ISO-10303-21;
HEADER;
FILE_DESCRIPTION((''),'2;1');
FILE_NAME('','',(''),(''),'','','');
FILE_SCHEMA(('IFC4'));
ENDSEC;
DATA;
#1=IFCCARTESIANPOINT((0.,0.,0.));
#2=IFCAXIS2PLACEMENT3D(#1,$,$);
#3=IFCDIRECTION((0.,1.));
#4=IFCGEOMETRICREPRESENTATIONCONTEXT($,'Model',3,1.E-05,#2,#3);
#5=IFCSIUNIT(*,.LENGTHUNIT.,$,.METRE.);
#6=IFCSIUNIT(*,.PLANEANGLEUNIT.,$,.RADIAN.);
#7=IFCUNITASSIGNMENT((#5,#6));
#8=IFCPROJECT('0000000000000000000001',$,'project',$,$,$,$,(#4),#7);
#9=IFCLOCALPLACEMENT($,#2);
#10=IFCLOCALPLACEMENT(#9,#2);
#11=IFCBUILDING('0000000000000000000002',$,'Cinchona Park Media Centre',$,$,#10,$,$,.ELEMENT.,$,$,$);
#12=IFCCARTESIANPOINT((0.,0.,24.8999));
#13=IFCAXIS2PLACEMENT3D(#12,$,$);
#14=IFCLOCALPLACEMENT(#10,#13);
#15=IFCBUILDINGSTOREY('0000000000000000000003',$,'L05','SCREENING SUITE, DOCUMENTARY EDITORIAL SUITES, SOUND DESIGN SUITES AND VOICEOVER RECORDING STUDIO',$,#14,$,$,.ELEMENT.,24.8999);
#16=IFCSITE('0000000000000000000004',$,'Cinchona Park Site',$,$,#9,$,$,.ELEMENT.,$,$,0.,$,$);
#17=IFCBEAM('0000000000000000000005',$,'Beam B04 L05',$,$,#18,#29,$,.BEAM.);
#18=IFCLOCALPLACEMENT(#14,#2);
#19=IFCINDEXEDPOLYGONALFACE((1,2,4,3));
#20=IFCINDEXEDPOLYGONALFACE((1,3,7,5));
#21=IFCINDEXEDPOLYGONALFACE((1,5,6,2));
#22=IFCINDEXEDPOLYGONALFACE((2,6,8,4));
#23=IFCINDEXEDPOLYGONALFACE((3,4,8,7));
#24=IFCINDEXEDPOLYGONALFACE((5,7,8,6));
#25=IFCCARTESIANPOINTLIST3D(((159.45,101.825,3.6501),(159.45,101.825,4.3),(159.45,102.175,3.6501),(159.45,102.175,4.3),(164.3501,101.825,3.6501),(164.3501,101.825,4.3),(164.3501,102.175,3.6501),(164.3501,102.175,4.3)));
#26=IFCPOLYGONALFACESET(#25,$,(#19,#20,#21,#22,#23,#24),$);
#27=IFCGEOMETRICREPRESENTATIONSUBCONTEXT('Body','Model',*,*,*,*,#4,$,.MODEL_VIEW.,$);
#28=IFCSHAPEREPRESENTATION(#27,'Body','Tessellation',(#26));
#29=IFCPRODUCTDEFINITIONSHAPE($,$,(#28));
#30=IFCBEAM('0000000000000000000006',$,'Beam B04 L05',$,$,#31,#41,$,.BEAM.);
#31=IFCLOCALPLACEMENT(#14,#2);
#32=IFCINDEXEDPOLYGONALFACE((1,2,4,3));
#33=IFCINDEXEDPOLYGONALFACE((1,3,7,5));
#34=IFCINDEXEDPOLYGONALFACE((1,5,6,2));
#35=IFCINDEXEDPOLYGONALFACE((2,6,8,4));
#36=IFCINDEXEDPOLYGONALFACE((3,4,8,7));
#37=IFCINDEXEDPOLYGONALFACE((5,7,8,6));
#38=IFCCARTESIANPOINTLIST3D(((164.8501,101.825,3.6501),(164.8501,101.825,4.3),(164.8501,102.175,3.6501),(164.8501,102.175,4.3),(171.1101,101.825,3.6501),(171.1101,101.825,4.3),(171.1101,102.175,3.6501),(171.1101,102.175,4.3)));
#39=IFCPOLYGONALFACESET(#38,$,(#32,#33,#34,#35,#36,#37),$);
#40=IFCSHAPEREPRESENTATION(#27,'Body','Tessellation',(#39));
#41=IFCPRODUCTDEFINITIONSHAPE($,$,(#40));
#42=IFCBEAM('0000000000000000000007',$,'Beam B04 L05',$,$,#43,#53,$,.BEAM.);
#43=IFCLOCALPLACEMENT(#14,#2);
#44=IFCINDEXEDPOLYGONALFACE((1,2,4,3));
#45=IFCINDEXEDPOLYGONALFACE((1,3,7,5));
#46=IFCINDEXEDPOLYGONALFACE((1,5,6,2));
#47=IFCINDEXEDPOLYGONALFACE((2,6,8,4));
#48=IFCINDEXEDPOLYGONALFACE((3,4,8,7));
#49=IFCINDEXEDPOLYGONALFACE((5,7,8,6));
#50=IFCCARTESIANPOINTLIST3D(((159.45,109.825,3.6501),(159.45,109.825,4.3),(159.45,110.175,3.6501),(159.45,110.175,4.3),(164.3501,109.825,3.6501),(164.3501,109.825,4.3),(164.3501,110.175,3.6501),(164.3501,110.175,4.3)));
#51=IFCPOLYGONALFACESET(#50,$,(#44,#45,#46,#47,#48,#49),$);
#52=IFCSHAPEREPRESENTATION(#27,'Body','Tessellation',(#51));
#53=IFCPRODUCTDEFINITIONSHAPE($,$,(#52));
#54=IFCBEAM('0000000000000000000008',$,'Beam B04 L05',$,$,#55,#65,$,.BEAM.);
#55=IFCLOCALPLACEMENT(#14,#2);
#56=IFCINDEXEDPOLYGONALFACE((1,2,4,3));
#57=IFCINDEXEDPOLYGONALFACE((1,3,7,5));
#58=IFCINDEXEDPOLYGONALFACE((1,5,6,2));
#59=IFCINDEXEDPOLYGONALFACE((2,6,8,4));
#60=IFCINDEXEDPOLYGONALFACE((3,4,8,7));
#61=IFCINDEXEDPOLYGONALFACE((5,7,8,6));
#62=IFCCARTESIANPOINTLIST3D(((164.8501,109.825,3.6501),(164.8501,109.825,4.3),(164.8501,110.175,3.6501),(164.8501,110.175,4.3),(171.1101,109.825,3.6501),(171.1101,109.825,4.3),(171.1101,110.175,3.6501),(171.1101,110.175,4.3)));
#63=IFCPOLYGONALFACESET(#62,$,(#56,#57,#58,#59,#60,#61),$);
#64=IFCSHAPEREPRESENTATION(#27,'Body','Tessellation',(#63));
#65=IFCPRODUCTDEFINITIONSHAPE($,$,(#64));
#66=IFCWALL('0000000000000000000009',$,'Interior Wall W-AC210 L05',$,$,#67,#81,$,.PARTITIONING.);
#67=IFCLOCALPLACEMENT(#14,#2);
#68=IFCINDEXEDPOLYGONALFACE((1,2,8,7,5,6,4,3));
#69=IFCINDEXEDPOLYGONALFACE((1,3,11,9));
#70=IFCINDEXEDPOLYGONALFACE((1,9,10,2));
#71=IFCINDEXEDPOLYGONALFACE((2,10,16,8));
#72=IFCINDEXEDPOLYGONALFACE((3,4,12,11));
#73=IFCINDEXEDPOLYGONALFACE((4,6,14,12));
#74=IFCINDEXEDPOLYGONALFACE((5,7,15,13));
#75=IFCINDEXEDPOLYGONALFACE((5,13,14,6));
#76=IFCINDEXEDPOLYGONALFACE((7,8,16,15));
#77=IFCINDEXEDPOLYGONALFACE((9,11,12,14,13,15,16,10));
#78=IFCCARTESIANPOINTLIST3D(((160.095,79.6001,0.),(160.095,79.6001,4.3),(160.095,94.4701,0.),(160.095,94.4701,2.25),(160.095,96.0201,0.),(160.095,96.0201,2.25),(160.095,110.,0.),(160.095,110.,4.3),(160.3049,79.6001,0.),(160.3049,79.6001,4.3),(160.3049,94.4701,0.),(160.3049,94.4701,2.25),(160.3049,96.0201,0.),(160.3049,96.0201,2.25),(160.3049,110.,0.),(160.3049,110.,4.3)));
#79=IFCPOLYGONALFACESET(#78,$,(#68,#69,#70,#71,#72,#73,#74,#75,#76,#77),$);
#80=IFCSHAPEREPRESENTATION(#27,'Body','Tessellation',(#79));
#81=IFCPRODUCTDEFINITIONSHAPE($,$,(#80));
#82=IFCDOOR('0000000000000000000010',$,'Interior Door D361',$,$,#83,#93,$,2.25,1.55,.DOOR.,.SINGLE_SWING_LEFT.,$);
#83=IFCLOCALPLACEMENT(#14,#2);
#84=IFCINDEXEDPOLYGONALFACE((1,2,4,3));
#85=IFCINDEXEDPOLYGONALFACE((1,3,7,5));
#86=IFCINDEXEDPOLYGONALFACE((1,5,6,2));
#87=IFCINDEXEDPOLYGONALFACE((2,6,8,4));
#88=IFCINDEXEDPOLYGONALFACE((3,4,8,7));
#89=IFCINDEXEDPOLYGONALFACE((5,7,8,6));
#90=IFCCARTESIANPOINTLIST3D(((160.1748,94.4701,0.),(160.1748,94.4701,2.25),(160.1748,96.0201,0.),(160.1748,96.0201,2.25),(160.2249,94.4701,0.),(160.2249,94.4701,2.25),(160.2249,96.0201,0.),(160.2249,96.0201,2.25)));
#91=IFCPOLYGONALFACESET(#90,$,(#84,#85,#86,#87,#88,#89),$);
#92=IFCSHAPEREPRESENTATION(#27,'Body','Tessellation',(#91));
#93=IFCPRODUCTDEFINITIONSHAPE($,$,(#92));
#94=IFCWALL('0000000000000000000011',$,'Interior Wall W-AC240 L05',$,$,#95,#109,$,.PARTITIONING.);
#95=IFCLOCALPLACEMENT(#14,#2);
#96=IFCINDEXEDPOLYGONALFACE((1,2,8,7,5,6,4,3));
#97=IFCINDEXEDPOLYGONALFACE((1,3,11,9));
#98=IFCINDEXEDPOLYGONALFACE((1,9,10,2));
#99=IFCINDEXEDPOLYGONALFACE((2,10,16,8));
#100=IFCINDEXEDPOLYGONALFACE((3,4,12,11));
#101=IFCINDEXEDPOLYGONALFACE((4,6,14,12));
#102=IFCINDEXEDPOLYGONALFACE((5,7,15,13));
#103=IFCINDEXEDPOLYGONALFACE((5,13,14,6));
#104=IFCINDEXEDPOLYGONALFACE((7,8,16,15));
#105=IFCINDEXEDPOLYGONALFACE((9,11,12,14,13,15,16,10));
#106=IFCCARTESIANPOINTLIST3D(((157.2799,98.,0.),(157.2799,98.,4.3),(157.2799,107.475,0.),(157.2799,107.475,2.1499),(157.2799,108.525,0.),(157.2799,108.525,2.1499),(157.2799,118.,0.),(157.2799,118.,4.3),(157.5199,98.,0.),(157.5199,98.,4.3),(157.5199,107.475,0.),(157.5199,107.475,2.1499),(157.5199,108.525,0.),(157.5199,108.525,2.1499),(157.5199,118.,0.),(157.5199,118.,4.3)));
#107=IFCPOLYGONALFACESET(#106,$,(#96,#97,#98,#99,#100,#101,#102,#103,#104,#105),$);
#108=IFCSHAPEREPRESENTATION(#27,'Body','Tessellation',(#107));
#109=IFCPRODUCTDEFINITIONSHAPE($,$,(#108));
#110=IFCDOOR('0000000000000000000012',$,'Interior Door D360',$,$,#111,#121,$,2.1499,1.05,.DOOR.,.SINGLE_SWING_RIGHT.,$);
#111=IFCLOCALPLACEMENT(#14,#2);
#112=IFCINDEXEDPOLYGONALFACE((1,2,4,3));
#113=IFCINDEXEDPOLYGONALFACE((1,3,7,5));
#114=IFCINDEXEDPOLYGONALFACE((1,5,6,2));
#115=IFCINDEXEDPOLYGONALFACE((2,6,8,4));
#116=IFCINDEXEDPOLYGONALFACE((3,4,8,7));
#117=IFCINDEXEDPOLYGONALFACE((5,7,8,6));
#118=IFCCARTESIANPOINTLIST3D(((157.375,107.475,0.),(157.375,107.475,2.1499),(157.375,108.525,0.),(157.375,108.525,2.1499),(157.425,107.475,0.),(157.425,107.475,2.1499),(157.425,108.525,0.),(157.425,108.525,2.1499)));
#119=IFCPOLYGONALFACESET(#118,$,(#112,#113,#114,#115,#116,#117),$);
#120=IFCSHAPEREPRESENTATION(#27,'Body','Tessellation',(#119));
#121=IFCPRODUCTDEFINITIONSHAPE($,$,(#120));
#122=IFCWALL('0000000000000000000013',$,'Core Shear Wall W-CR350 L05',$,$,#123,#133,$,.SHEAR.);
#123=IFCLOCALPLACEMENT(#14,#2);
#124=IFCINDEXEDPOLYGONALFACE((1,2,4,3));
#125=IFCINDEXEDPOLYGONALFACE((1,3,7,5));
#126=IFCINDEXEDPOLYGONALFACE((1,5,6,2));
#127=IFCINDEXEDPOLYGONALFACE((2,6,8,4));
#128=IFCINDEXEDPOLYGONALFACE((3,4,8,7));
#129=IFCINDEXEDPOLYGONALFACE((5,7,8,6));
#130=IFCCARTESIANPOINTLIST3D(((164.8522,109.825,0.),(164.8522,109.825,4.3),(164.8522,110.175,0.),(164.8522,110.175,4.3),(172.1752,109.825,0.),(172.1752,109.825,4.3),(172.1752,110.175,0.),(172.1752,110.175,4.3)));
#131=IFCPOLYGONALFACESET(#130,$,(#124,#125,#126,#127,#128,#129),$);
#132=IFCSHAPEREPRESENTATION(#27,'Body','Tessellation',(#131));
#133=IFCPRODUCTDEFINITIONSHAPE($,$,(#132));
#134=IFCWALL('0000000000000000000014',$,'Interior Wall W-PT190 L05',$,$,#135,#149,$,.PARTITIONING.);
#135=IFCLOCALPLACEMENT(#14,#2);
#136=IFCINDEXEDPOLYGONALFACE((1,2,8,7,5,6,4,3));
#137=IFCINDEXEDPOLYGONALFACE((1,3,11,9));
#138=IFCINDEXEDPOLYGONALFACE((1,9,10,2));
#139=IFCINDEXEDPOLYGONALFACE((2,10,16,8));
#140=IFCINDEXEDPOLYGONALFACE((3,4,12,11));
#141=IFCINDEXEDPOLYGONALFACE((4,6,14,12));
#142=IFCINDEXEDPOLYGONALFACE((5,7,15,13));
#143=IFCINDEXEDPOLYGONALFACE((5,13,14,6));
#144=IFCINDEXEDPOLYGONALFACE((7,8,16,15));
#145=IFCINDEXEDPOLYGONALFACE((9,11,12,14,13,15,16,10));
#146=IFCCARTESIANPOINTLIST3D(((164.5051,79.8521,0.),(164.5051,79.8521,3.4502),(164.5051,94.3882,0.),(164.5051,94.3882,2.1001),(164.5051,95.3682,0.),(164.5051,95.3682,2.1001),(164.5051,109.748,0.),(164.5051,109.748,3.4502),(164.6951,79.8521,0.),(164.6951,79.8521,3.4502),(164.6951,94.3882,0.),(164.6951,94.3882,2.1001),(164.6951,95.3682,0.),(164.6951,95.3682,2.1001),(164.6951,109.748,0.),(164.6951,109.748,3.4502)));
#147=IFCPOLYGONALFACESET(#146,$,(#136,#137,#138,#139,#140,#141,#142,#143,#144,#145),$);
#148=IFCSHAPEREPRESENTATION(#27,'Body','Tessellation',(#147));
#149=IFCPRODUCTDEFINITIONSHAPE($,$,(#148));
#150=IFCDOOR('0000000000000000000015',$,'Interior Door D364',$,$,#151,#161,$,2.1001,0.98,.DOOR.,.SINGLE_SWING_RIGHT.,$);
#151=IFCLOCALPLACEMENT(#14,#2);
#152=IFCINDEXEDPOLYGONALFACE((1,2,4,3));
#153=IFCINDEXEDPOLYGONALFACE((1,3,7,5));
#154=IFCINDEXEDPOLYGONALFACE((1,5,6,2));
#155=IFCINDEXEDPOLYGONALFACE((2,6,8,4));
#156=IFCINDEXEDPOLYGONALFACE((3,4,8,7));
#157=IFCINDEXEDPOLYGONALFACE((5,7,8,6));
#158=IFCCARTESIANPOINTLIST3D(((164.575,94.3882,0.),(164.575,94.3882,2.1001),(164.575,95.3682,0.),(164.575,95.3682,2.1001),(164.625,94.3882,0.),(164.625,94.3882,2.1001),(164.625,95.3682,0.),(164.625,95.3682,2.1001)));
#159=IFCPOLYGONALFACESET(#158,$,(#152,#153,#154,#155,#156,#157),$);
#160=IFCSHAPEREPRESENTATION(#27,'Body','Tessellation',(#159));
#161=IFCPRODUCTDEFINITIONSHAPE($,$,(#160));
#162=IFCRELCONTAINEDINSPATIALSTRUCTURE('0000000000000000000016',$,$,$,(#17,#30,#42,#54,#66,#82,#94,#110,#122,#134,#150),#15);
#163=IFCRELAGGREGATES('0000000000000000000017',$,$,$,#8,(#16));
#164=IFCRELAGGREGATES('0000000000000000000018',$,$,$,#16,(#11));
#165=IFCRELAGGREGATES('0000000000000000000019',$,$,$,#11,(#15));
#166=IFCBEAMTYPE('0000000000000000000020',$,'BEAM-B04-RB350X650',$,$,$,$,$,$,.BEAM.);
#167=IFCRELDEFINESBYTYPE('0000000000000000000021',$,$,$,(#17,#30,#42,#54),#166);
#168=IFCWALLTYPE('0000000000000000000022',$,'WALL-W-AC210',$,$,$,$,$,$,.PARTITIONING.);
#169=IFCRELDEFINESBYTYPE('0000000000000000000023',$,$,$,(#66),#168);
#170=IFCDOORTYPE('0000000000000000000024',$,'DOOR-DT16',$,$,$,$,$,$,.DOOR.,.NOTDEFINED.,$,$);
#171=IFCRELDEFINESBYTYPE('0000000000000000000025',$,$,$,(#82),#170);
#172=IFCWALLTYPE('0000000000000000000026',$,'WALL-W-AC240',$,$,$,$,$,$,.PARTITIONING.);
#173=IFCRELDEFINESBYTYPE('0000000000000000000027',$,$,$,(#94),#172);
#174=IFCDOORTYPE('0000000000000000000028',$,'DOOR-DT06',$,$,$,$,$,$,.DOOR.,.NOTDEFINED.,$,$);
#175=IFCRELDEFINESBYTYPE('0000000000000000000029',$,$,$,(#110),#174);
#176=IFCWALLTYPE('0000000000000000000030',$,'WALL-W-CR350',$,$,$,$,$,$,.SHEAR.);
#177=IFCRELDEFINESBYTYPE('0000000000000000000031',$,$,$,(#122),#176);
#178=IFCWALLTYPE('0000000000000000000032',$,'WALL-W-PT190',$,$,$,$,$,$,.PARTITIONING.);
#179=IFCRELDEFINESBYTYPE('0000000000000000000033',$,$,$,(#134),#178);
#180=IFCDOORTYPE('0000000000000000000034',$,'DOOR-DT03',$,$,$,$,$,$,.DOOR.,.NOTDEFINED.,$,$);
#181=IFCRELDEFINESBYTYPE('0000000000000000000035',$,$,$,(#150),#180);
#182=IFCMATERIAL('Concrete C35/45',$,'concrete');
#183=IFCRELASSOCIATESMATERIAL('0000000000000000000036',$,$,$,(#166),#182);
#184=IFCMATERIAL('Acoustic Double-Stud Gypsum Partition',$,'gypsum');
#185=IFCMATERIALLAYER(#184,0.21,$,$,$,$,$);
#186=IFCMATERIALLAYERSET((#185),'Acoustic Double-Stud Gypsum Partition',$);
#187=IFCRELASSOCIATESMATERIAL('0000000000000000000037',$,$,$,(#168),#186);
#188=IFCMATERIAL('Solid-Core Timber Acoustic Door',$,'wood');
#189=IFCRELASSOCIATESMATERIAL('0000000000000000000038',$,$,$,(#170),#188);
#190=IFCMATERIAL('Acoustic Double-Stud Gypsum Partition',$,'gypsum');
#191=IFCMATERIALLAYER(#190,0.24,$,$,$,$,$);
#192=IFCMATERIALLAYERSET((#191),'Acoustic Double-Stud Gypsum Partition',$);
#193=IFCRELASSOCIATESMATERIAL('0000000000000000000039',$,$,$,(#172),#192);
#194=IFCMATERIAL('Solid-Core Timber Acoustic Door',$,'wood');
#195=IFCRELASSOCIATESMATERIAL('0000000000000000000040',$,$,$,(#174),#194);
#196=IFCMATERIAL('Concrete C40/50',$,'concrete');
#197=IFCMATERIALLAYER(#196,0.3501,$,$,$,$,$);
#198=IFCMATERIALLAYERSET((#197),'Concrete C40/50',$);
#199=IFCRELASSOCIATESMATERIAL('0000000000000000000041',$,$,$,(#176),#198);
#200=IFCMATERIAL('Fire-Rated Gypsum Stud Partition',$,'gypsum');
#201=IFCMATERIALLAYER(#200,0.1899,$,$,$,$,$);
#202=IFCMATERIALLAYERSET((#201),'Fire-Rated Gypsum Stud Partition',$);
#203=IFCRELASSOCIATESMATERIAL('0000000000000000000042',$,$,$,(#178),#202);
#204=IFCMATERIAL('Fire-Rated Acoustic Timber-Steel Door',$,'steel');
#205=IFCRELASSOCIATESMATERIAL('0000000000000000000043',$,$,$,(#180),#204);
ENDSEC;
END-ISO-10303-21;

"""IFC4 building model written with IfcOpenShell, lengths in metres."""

from ifc_helpers import new_model, si_unit, direction, frame, frame_2d, origin, origin_2d, place, context, subcontext, project, spatial, rectangle, extrude, material, layer, layer_set, material_profile, profile_set, type_object, element, fill, save


model = new_model("IFC4")

# Units and contexts
model_context = context("Model", 3, precision=1e-05, world=origin(), true_north=direction((0.0, 1.0)))
body_context = subcontext(model_context, "Body", "Model", "MODEL_VIEW")
ifc_project = project(units=[si_unit("LENGTHUNIT", "METRE"), si_unit("PLANEANGLEUNIT", "RADIAN")], contexts=[model_context])

# Site, building, storey
site_placement = place(None, origin())
site = spatial("IfcSite", under=ifc_project, at=site_placement, Name="Cinchona Park Site", CompositionType="ELEMENT", RefElevation=0.0)
building_placement = place(site_placement, origin())
building = spatial("IfcBuilding", under=site, at=building_placement, Name="Cinchona Park Media Centre", CompositionType="ELEMENT")
storey_placement = place(building_placement, frame((0.0, 0.0, 24.8999)))
storey = spatial("IfcBuildingStorey", under=building, at=storey_placement, Name="L05", Description="SCREENING SUITE, DOCUMENTARY EDITORIAL SUITES, SOUND DESIGN SUITES AND VOICEOVER RECORDING STUDIO", CompositionType="ELEMENT", Elevation=24.8999)

# Beams
ifc_material_1 = material(Name="Concrete C35/45", Category="concrete")
ifc_material_profile_1 = material_profile(ifc_material_1, rectangle(XDim=0.3501, YDim=0.6499, at=origin_2d()), Name="RB 350X650")
ifc_profile_set_1 = profile_set([ifc_material_profile_1], Name="Concrete C35/45")
beam_type_1 = type_object("IfcBeamType", Name="BEAM-B04-RB350X650", PredefinedType="BEAM", material=ifc_profile_set_1)
beam_1_placement = place(storey_placement, frame((159.45, 102.0, 3.9751), z_axis=(1.0, 0.0, 0.0), x_axis=(0.0, 1.0, 0.0)))
element("IfcBeam", 1, at=beam_1_placement, inside=storey, type_object=beam_type_1, Name="Beam B04 L05", PredefinedType="BEAM", context=body_context, shape_type="SweptSolid", body=[
    extrude(rectangle(XDim=0.3501, YDim=0.6499, at=origin_2d()), origin(), (0.0, 0.0, 1.0), 4.9001),
])
beam_2_placement = place(storey_placement, frame((164.8501, 102.0, 3.9751), z_axis=(1.0, 0.0, 0.0), x_axis=(0.0, 1.0, 0.0)))
element("IfcBeam", 2, at=beam_2_placement, inside=storey, type_object=beam_type_1, Name="Beam B04 L05", PredefinedType="BEAM", context=body_context, shape_type="SweptSolid", body=[
    extrude(rectangle(XDim=0.3501, YDim=0.6499, at=origin_2d()), origin(), (0.0, 0.0, 1.0), 6.26),
])
beam_3_placement = place(storey_placement, frame((159.45, 110.0, 3.9751), z_axis=(1.0, 0.0, 0.0), x_axis=(0.0, 1.0, 0.0)))
element("IfcBeam", 3, at=beam_3_placement, inside=storey, type_object=beam_type_1, Name="Beam B04 L05", PredefinedType="BEAM", context=body_context, shape_type="SweptSolid", body=[
    extrude(rectangle(XDim=0.3501, YDim=0.6499, at=origin_2d()), origin(), (0.0, 0.0, 1.0), 4.9001),
])
beam_4_placement = place(storey_placement, frame((164.8501, 110.0, 3.9751), z_axis=(1.0, 0.0, 0.0), x_axis=(0.0, 1.0, 0.0)))
element("IfcBeam", 4, at=beam_4_placement, inside=storey, type_object=beam_type_1, Name="Beam B04 L05", PredefinedType="BEAM", context=body_context, shape_type="SweptSolid", body=[
    extrude(rectangle(XDim=0.3501, YDim=0.6499, at=origin_2d()), origin(), (0.0, 0.0, 1.0), 6.26),
])

# Walls, openings, doors
ifc_material_2 = material(Name="Acoustic Double-Stud Gypsum Partition", Category="gypsum")
ifc_layer_1 = layer(ifc_material_2, 0.21)
ifc_layer_set_1 = layer_set([ifc_layer_1], Name="Acoustic Double-Stud Gypsum Partition")
wall_type_1 = type_object("IfcWallType", Name="WALL-W-AC210", PredefinedType="PARTITIONING", material=ifc_layer_set_1)
wall_1_placement = place(storey_placement, frame((160.2, 110.0, 0.0), z_axis=(0.0, 0.0, 1.0), x_axis=(0.0, -1.0, 0.0)))
wall_1 = element("IfcWall", 5, at=wall_1_placement, inside=storey, type_object=wall_type_1, Name="Interior Wall W-AC210 L05", PredefinedType="PARTITIONING", context=body_context, shape_type="SweptSolid", body=[
    extrude(rectangle(XDim=30.3999, YDim=0.21, at=frame_2d((15.2, 0.0))), origin(), (0.0, 0.0, 1.0), 4.3),
])
opening_1_placement = place(wall_1_placement, frame((13.98, 0.0, 0.0)))
opening_1 = element("IfcOpeningElement", 6, at=opening_1_placement, cuts=wall_1, PredefinedType="OPENING", context=body_context, shape_type="SweptSolid", body=[
    extrude(rectangle(XDim=1.55, YDim=2.25, at=frame_2d((0.7749, 1.125))), frame((0.0, 0.115, 0.0), z_axis=(0.0, -1.0, 0.0), x_axis=(1.0, 0.0, 0.0)), (0.0, 0.0, 1.0), 0.23),
])
ifc_material_3 = material(Name="Solid-Core Timber Acoustic Door", Category="wood")
door_type_1 = type_object("IfcDoorType", Name="DOOR-DT16", OperationType="NOTDEFINED", PredefinedType="DOOR", material=ifc_material_3)
door_1_placement = place(opening_1_placement, origin())
door_1 = element("IfcDoor", 7, at=door_1_placement, inside=storey, type_object=door_type_1, Name="Interior Door D361", OperationType="SINGLE_SWING_LEFT", OverallHeight=2.25, OverallWidth=1.55, PredefinedType="DOOR", context=body_context, shape_type="SweptSolid", body=[
    extrude(rectangle(XDim=1.55, YDim=2.25, at=frame_2d((0.7749, 1.125))), frame((0.0, 0.0249, 0.0), z_axis=(0.0, -1.0, 0.0), x_axis=(1.0, 0.0, 0.0)), (0.0, 0.0, 1.0), 0.05),
])
fill(opening_1, door_1)
ifc_material_4 = material(Name="Acoustic Double-Stud Gypsum Partition", Category="gypsum")
ifc_layer_2 = layer(ifc_material_4, 0.24)
ifc_layer_set_2 = layer_set([ifc_layer_2], Name="Acoustic Double-Stud Gypsum Partition")
wall_type_2 = type_object("IfcWallType", Name="WALL-W-AC240", PredefinedType="PARTITIONING", material=ifc_layer_set_2)
wall_2_placement = place(storey_placement, frame((157.3999, 98.0, 0.0), z_axis=(0.0, 0.0, 1.0), x_axis=(0.0, 1.0, 0.0)))
wall_2 = element("IfcWall", 8, at=wall_2_placement, inside=storey, type_object=wall_type_2, Name="Interior Wall W-AC240 L05", PredefinedType="PARTITIONING", context=body_context, shape_type="SweptSolid", body=[
    extrude(rectangle(XDim=20.0, YDim=0.24, at=frame_2d((10.0, 0.0))), origin(), (0.0, 0.0, 1.0), 4.3),
])
opening_2_placement = place(wall_2_placement, frame((9.4751, 0.0, 0.0)))
opening_2 = element("IfcOpeningElement", 9, at=opening_2_placement, cuts=wall_2, PredefinedType="OPENING", context=body_context, shape_type="SweptSolid", body=[
    extrude(rectangle(XDim=1.05, YDim=2.1499, at=frame_2d((0.5249, 1.075))), frame((0.0, 0.1299, 0.0), z_axis=(0.0, -1.0, 0.0), x_axis=(1.0, 0.0, 0.0)), (0.0, 0.0, 1.0), 0.26),
])
ifc_material_5 = material(Name="Solid-Core Timber Acoustic Door", Category="wood")
door_type_2 = type_object("IfcDoorType", Name="DOOR-DT06", OperationType="NOTDEFINED", PredefinedType="DOOR", material=ifc_material_5)
door_2_placement = place(opening_2_placement, origin())
door_2 = element("IfcDoor", 10, at=door_2_placement, inside=storey, type_object=door_type_2, Name="Interior Door D360", OperationType="SINGLE_SWING_RIGHT", OverallHeight=2.1499, OverallWidth=1.05, PredefinedType="DOOR", context=body_context, shape_type="SweptSolid", body=[
    extrude(rectangle(XDim=1.05, YDim=2.1499, at=frame_2d((0.5249, 1.075))), frame((0.0, 0.0249, 0.0), z_axis=(0.0, -1.0, 0.0), x_axis=(1.0, 0.0, 0.0)), (0.0, 0.0, 1.0), 0.05),
])
fill(opening_2, door_2)

# Wall
ifc_material_6 = material(Name="Concrete C40/50", Category="concrete")
ifc_layer_3 = layer(ifc_material_6, 0.3501)
ifc_layer_set_3 = layer_set([ifc_layer_3], Name="Concrete C40/50")
wall_type_3 = type_object("IfcWallType", Name="WALL-W-CR350", PredefinedType="SHEAR", material=ifc_layer_set_3)
wall_3_placement = place(storey_placement, frame((164.8521, 110.0, 0.0), z_axis=(0.0, 0.0, 1.0), x_axis=(1.0, 0.0, 0.0)))
element("IfcWall", 11, at=wall_3_placement, inside=storey, type_object=wall_type_3, Name="Core Shear Wall W-CR350 L05", PredefinedType="SHEAR", context=body_context, shape_type="SweptSolid", body=[
    extrude(rectangle(XDim=7.323, YDim=0.3501, at=frame_2d((3.6616, 0.0))), origin(), (0.0, 0.0, 1.0), 4.3),
])

# Wall, opening, door
ifc_material_7 = material(Name="Fire-Rated Gypsum Stud Partition", Category="gypsum")
ifc_layer_4 = layer(ifc_material_7, 0.1899)
ifc_layer_set_4 = layer_set([ifc_layer_4], Name="Fire-Rated Gypsum Stud Partition")
wall_type_4 = type_object("IfcWallType", Name="WALL-W-PT190", PredefinedType="PARTITIONING", material=ifc_layer_set_4)
wall_4_placement = place(storey_placement, frame((164.6001, 109.748, 0.0), z_axis=(0.0, 0.0, 1.0), x_axis=(0.0, -1.0, 0.0)))
wall_4 = element("IfcWall", 12, at=wall_4_placement, inside=storey, type_object=wall_type_4, Name="Interior Wall W-PT190 L05", PredefinedType="PARTITIONING", context=body_context, shape_type="SweptSolid", body=[
    extrude(rectangle(XDim=29.896, YDim=0.1899, at=frame_2d((14.948, 0.0))), origin(), (0.0, 0.0, 1.0), 3.4502),
])
opening_3_placement = place(wall_4_placement, frame((14.3799, 0.0, 0.0)))
opening_3 = element("IfcOpeningElement", 13, at=opening_3_placement, cuts=wall_4, PredefinedType="OPENING", context=body_context, shape_type="SweptSolid", body=[
    extrude(rectangle(XDim=0.98, YDim=2.1001, at=frame_2d((0.49, 1.05))), frame((0.0, 0.105, 0.0), z_axis=(0.0, -1.0, 0.0), x_axis=(1.0, 0.0, 0.0)), (0.0, 0.0, 1.0), 0.21),
])
ifc_material_8 = material(Name="Fire-Rated Acoustic Timber-Steel Door", Category="steel")
door_type_3 = type_object("IfcDoorType", Name="DOOR-DT03", OperationType="NOTDEFINED", PredefinedType="DOOR", material=ifc_material_8)
door_3_placement = place(opening_3_placement, origin())
door_3 = element("IfcDoor", 14, at=door_3_placement, inside=storey, type_object=door_type_3, Name="Interior Door D364", OperationType="SINGLE_SWING_RIGHT", OverallHeight=2.1001, OverallWidth=0.98, PredefinedType="DOOR", context=body_context, shape_type="SweptSolid", body=[
    extrude(rectangle(XDim=0.98, YDim=2.1001, at=frame_2d((0.49, 1.05))), frame((0.0, 0.0249, 0.0), z_axis=(0.0, -1.0, 0.0), x_axis=(1.0, 0.0, 0.0)), (0.0, 0.0, 1.0), 0.05),
])
fill(opening_3, door_3)

save(model, "model.ifc")
